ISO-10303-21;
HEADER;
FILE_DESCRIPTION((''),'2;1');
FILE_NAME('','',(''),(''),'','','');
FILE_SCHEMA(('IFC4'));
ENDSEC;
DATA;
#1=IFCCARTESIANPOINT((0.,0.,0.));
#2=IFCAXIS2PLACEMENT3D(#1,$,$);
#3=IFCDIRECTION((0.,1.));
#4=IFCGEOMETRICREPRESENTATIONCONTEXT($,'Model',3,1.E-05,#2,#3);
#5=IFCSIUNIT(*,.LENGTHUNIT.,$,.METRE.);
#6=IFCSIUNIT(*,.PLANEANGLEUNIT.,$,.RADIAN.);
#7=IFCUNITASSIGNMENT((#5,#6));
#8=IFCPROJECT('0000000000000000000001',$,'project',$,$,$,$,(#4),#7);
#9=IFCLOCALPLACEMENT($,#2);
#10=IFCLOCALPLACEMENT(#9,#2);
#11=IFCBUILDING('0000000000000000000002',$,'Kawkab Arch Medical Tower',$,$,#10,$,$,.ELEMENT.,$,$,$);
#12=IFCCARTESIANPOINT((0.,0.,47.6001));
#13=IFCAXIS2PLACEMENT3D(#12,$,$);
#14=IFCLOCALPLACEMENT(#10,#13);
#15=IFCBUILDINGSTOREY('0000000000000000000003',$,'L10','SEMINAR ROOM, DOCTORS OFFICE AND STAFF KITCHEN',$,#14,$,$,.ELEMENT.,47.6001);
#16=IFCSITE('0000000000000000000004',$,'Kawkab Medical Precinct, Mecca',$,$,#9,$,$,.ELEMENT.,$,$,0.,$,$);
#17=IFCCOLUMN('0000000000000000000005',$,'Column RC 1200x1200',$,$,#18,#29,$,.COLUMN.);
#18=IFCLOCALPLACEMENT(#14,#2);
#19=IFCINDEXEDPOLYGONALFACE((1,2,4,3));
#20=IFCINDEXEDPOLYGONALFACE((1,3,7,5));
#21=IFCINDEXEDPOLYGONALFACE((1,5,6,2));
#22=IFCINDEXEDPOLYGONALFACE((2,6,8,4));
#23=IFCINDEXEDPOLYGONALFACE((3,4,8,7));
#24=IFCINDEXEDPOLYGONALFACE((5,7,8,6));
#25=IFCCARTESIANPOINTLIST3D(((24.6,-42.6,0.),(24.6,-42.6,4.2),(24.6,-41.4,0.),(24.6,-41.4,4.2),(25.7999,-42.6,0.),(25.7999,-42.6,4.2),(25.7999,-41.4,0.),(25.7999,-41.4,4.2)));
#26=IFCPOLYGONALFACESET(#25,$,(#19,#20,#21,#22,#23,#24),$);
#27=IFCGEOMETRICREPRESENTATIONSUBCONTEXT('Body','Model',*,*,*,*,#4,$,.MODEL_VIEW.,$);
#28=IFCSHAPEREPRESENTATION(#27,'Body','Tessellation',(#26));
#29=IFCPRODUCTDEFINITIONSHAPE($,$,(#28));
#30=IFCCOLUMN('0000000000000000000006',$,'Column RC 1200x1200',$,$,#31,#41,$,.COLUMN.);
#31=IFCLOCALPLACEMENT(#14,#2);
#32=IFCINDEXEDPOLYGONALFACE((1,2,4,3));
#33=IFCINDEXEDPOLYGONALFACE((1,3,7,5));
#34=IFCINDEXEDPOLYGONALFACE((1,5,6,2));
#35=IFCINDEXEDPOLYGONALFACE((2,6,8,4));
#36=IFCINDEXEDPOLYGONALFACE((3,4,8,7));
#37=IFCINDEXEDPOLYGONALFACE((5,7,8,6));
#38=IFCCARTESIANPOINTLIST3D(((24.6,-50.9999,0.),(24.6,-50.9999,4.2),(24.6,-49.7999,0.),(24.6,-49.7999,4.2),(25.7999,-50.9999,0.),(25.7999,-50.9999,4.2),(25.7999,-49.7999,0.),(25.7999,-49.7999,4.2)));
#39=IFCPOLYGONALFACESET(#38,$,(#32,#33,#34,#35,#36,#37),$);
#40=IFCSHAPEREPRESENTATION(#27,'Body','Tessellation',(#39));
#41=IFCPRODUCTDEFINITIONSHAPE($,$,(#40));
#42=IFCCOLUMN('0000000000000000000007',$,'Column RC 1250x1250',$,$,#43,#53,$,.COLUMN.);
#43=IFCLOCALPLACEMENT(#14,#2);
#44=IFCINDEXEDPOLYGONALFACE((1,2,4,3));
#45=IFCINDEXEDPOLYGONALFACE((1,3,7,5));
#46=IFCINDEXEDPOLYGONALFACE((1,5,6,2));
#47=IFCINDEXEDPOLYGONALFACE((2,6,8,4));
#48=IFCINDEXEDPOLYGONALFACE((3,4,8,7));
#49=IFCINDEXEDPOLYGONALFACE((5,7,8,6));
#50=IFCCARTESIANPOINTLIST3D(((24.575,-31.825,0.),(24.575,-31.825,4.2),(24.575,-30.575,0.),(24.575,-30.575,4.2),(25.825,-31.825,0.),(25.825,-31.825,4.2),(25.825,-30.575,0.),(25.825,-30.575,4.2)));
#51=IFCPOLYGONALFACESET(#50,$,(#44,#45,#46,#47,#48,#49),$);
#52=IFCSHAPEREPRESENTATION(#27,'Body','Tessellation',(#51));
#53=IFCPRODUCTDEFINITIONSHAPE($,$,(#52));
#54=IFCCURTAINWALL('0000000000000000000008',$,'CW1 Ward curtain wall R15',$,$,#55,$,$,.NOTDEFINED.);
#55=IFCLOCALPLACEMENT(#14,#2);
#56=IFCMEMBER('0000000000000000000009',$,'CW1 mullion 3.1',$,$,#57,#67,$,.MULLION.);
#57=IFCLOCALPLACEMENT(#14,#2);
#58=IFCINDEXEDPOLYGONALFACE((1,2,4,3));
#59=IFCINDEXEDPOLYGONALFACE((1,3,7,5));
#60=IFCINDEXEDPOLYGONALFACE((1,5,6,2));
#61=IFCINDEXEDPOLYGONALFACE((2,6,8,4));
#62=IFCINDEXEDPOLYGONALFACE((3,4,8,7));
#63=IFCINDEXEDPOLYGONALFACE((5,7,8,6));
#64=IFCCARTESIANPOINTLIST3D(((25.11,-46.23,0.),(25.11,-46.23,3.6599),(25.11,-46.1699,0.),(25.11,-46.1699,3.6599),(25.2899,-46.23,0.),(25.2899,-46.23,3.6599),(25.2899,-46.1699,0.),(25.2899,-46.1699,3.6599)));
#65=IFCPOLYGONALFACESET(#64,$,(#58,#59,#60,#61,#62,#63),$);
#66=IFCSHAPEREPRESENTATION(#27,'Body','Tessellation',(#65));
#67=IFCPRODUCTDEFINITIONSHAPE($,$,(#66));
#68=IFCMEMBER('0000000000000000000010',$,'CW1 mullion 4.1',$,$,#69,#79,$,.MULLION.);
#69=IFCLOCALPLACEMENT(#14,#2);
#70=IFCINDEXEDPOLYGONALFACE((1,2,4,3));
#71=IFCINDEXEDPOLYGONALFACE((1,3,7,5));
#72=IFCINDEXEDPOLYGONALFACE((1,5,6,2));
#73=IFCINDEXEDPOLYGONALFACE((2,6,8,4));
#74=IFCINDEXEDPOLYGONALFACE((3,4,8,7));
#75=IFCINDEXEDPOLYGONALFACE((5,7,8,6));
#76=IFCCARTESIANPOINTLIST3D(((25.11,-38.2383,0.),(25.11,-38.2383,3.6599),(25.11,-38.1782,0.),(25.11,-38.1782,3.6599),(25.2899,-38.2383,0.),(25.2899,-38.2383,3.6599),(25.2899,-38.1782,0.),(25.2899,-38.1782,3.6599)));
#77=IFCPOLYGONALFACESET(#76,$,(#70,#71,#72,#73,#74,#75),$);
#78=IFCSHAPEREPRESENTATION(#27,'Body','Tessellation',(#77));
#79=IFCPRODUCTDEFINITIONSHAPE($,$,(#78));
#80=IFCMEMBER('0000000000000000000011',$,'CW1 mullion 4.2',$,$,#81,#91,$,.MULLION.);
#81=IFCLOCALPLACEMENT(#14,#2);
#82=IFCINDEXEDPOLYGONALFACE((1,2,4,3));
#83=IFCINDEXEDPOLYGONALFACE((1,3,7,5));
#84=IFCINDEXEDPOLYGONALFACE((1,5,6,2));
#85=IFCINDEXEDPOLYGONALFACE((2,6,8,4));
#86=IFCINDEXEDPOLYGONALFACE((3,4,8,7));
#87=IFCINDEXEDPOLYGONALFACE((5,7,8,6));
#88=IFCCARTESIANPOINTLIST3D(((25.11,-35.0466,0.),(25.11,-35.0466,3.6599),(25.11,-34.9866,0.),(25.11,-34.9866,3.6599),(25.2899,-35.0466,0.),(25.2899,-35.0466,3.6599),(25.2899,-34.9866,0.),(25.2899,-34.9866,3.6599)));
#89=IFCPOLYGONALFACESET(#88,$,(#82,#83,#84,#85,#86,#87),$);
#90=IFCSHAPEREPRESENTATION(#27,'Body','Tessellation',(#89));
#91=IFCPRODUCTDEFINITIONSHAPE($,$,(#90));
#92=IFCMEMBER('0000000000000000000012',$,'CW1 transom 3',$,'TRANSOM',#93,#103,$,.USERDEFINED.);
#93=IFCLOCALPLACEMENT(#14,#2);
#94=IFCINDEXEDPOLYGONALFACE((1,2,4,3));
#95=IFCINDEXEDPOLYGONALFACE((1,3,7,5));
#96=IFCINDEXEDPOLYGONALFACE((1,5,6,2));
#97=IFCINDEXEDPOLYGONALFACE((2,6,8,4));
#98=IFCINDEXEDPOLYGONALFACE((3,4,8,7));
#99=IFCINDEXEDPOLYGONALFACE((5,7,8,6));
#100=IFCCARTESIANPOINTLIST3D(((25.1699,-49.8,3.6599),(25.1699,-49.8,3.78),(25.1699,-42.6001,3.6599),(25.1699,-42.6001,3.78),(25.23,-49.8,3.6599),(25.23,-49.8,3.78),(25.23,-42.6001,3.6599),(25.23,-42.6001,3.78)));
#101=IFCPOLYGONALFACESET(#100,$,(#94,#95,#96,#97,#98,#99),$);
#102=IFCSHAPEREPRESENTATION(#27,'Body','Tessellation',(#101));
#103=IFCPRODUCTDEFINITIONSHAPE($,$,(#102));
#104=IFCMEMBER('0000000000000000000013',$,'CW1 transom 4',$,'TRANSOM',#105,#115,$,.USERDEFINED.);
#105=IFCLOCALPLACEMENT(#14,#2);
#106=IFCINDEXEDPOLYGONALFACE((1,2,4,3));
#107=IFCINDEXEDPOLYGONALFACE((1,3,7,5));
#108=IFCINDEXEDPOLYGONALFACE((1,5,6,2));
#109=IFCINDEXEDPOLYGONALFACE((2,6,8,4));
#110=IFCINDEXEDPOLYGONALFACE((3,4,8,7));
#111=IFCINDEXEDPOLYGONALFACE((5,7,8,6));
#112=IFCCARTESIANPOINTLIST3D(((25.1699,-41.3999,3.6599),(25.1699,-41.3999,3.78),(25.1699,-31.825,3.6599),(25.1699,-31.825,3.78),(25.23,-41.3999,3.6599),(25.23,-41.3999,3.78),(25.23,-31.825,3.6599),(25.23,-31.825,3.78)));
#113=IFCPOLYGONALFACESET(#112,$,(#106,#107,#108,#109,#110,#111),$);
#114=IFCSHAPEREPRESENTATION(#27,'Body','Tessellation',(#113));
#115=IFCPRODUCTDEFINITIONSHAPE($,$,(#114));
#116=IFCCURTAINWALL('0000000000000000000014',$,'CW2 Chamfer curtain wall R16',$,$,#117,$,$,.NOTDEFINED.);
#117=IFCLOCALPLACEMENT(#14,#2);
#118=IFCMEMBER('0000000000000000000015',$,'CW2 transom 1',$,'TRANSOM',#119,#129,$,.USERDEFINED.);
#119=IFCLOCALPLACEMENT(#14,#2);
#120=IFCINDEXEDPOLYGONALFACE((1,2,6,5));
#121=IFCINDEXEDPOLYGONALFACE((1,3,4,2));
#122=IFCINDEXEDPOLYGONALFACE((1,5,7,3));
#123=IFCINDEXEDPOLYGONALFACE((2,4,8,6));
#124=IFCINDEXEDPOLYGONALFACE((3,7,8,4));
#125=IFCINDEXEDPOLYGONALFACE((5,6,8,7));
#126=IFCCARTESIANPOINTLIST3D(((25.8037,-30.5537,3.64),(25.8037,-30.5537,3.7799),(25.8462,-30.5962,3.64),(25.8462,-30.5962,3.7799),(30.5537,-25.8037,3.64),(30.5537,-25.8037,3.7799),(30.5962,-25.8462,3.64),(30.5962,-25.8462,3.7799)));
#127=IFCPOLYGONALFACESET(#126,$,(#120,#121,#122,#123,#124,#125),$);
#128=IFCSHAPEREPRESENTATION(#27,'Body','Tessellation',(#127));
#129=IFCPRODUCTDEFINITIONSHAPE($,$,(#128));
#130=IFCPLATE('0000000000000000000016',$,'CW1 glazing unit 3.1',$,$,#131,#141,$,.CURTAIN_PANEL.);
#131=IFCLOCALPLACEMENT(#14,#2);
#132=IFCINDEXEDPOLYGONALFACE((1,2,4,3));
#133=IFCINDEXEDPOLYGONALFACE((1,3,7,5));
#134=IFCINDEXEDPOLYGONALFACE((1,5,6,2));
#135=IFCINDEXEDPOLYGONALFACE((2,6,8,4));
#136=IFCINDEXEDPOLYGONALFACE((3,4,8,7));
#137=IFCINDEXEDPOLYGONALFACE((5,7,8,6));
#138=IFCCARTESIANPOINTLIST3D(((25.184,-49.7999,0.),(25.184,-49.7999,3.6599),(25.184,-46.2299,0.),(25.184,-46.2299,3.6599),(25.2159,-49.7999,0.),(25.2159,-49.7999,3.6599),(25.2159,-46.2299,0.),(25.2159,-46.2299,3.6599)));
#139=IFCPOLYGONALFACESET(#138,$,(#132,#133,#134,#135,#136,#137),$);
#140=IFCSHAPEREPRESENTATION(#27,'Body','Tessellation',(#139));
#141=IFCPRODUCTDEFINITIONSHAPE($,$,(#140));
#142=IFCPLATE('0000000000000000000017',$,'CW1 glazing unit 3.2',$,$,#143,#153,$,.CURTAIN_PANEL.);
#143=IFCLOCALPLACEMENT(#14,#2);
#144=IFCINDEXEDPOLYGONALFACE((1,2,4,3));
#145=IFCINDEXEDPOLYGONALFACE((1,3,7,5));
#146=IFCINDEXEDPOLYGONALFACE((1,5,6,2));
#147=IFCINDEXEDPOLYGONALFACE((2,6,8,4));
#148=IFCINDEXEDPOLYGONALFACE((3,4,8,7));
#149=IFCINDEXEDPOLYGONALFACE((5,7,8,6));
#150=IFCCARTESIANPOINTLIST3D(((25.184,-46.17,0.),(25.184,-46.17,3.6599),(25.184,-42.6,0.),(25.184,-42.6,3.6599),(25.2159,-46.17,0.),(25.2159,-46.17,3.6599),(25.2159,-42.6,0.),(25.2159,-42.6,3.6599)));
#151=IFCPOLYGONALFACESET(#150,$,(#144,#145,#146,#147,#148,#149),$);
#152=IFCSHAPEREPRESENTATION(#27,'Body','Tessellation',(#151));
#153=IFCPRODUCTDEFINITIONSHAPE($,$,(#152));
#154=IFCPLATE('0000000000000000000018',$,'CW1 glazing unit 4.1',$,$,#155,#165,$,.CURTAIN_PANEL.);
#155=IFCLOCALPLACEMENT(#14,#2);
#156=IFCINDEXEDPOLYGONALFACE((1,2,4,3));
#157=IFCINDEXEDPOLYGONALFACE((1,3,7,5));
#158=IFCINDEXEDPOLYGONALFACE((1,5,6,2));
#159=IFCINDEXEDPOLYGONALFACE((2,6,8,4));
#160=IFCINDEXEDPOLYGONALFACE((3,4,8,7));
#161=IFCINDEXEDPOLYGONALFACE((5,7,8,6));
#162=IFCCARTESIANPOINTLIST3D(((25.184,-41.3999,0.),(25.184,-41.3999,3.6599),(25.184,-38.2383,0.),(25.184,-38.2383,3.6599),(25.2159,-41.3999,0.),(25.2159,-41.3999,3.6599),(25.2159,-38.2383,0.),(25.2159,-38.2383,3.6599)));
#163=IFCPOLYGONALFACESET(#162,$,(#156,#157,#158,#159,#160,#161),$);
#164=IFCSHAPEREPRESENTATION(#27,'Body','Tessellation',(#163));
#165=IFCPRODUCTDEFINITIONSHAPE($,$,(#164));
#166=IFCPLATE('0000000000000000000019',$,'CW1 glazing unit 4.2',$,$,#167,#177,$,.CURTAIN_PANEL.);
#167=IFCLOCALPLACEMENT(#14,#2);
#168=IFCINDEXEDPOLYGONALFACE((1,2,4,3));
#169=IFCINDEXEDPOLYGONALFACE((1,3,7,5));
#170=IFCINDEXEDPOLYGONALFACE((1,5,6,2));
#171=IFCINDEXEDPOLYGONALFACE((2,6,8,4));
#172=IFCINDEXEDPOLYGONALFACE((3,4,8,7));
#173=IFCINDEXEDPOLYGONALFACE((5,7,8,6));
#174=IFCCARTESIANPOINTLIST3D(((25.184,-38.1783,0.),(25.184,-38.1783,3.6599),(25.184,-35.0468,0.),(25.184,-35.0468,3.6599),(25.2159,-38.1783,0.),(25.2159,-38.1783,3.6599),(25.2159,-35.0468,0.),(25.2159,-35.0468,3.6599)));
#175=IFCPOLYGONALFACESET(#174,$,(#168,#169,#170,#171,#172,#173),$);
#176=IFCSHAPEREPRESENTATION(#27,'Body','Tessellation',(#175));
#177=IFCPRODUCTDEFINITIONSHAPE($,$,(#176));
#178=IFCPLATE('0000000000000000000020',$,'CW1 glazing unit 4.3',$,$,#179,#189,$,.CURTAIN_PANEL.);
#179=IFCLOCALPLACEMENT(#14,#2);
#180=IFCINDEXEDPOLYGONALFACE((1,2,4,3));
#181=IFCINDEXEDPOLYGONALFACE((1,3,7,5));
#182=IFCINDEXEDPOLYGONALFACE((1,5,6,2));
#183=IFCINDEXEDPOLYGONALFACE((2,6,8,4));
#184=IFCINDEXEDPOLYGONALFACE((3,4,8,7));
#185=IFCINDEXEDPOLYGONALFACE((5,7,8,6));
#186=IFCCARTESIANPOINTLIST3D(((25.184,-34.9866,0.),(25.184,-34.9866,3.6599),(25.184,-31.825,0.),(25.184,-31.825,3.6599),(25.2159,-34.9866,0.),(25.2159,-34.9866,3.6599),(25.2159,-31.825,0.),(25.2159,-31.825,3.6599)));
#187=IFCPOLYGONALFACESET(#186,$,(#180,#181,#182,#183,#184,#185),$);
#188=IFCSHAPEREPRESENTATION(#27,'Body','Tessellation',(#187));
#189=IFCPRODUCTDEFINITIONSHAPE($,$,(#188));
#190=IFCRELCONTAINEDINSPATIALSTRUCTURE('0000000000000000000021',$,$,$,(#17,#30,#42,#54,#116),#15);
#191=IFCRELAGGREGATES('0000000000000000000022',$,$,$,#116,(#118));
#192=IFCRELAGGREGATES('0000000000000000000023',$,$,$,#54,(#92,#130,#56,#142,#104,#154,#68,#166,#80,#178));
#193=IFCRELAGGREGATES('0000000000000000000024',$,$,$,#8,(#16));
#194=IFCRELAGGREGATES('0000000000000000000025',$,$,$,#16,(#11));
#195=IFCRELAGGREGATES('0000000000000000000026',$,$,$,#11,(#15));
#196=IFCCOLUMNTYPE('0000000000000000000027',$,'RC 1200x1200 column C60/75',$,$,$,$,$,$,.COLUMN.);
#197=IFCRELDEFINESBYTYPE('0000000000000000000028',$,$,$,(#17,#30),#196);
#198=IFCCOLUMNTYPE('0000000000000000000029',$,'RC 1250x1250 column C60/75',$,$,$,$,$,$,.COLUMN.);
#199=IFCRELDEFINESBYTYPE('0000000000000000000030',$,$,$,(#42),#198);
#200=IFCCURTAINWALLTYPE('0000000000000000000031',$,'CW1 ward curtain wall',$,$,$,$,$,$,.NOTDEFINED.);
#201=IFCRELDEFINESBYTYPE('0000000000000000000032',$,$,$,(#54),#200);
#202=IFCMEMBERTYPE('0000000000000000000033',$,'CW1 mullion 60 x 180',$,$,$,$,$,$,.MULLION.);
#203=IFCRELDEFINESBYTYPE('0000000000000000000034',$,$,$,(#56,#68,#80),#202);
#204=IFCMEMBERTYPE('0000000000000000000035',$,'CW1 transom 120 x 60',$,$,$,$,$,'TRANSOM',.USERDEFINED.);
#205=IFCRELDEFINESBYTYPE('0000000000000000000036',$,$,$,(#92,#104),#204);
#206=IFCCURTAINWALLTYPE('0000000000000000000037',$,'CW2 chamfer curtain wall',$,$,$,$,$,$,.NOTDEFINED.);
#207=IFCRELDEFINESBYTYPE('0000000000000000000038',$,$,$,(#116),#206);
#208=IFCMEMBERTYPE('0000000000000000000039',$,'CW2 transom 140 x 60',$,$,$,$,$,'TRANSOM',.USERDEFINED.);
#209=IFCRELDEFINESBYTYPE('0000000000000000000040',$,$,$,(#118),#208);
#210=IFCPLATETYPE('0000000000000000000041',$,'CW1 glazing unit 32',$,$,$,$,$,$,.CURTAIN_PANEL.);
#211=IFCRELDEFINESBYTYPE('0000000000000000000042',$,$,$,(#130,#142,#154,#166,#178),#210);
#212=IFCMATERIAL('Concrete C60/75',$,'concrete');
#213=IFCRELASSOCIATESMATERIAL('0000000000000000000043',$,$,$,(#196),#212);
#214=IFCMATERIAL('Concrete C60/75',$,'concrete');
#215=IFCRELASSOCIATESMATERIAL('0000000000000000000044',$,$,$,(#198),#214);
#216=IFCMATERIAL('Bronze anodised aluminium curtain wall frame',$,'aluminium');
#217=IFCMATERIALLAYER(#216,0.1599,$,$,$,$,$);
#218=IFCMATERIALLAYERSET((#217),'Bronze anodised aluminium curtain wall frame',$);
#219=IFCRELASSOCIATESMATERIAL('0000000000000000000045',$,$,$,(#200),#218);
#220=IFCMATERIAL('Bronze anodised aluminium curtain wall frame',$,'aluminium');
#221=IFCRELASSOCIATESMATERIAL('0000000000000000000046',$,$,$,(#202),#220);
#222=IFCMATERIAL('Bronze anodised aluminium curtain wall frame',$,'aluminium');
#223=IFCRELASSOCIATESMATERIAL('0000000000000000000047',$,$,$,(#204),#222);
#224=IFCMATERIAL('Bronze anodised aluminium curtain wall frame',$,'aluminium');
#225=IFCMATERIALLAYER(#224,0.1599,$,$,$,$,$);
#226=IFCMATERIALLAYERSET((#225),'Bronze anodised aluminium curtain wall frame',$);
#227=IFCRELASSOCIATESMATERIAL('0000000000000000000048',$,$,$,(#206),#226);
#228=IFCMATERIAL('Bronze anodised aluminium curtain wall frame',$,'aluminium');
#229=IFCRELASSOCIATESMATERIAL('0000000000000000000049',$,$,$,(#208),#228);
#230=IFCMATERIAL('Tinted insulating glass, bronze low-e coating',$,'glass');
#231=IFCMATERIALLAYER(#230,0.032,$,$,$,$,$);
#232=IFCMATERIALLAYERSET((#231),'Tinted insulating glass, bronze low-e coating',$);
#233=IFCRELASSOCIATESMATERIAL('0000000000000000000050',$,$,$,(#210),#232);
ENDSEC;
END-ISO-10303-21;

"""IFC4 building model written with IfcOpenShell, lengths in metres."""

from ifc_helpers import new_model, si_unit, direction, frame, origin, origin_2d, place, context, subcontext, project, spatial, rectangle, extrude, material, layer, layer_set, material_profile, profile_set, type_object, element, aggregate, save


model = new_model("IFC4")

# Units and contexts
model_context = context("Model", 3, precision=1e-05, world=origin(), true_north=direction((0.0, 1.0)))
body_context = subcontext(model_context, "Body", "Model", "MODEL_VIEW")
ifc_project = project(units=[si_unit("LENGTHUNIT", "METRE"), si_unit("PLANEANGLEUNIT", "RADIAN")], contexts=[model_context])

# Site, building, storey
site_placement = place(None, origin())
site = spatial("IfcSite", under=ifc_project, at=site_placement, Name="Kawkab Medical Precinct, Mecca", CompositionType="ELEMENT", RefElevation=0.0)
building_placement = place(site_placement, origin())
building = spatial("IfcBuilding", under=site, at=building_placement, Name="Kawkab Arch Medical Tower", CompositionType="ELEMENT")
storey_placement = place(building_placement, frame((0.0, 0.0, 47.6001)))
storey = spatial("IfcBuildingStorey", under=building, at=storey_placement, Name="L10", Description="SEMINAR ROOM, DOCTORS OFFICE AND STAFF KITCHEN", CompositionType="ELEMENT", Elevation=47.6001)

# Columns
ifc_material_1 = material(Name="Concrete C60/75", Category="concrete")
ifc_material_profile_1 = material_profile(ifc_material_1, rectangle(XDim=1.2, YDim=1.2, at=origin_2d()), Name="RC 1200x1200")
ifc_profile_set_1 = profile_set([ifc_material_profile_1], Name="Concrete C60/75")
column_type_1 = type_object("IfcColumnType", Name="RC 1200x1200 column C60/75", PredefinedType="COLUMN", material=ifc_profile_set_1)
for number, where, z_axis, x_axis, name in (
    (1, (25.2, -42.0, 0.0), (0.0, 0.0, 1.0), (1.0, 0.0, 0.0), "Column RC 1200x1200"),
    (2, (25.2, -50.3999, 0.0), (0.0, 0.0, 1.0), (1.0, 0.0, 0.0), "Column RC 1200x1200"),
):
    element("IfcColumn", number, at=place(storey_placement, frame(where, z_axis=z_axis, x_axis=x_axis)), inside=storey, type_object=column_type_1, Name=name, PredefinedType="COLUMN", context=body_context, shape_type="SweptSolid", body=[
        extrude(rectangle(XDim=1.2, YDim=1.2, at=origin_2d()), origin(), (0.0, 0.0, 1.0), 4.2),
    ])
ifc_material_2 = material(Name="Concrete C60/75", Category="concrete")
ifc_material_profile_2 = material_profile(ifc_material_2, rectangle(XDim=1.25, YDim=1.25, at=origin_2d()), Name="RC 1250x1250")
ifc_profile_set_2 = profile_set([ifc_material_profile_2], Name="Concrete C60/75")
column_type_2 = type_object("IfcColumnType", Name="RC 1250x1250 column C60/75", PredefinedType="COLUMN", material=ifc_profile_set_2)
column_placement = place(storey_placement, frame((25.2, -31.2, 0.0), z_axis=(0.0, 0.0, 1.0), x_axis=(1.0, 0.0, 0.0)))
element("IfcColumn", 3, at=column_placement, inside=storey, type_object=column_type_2, Name="Column RC 1250x1250", PredefinedType="COLUMN", context=body_context, shape_type="SweptSolid", body=[
    extrude(rectangle(XDim=1.25, YDim=1.25, at=origin_2d()), origin(), (0.0, 0.0, 1.0), 4.2),
])

# Curtain wall, members
ifc_material_3 = material(Name="Bronze anodised aluminium curtain wall frame", Category="aluminium")
ifc_layer_1 = layer(ifc_material_3, 0.1599)
ifc_layer_set_1 = layer_set([ifc_layer_1], Name="Bronze anodised aluminium curtain wall frame")
curtain_wall_type_1 = type_object("IfcCurtainWallType", Name="CW1 ward curtain wall", PredefinedType="NOTDEFINED", material=ifc_layer_set_1)
placement = place(storey_placement, origin())
curtain_wall_1 = element("IfcCurtainWall", 4, at=placement, inside=storey, type_object=curtain_wall_type_1, Name="CW1 Ward curtain wall R15", PredefinedType="NOTDEFINED")
ifc_material_4 = material(Name="Bronze anodised aluminium curtain wall frame", Category="aluminium")
ifc_material_profile_3 = material_profile(ifc_material_4, rectangle(XDim=0.1799, YDim=0.0601, at=origin_2d()), Name="AL 60x180")
ifc_profile_set_3 = profile_set([ifc_material_profile_3], Name="Bronze anodised aluminium curtain wall frame")
member_type_1 = type_object("IfcMemberType", Name="CW1 mullion 60 x 180", PredefinedType="MULLION", material=ifc_profile_set_3)
member_1_placement = place(storey_placement, frame((25.2, -46.2, 0.0), z_axis=(0.0, 0.0, 1.0), x_axis=(-1.0, 0.0, 0.0)))
member_1 = element("IfcMember", 5, at=member_1_placement, type_object=member_type_1, Name="CW1 mullion 3.1", PredefinedType="MULLION", context=body_context, shape_type="SweptSolid", body=[
    extrude(rectangle(XDim=0.1799, YDim=0.0601, at=origin_2d()), origin(), (0.0, 0.0, 1.0), 3.6599),
])
member_2_placement = place(storey_placement, frame((25.2, -38.2083, 0.0), z_axis=(0.0, 0.0, 1.0), x_axis=(-1.0, 0.0, 0.0)))
member_2 = element("IfcMember", 6, at=member_2_placement, type_object=member_type_1, Name="CW1 mullion 4.1", PredefinedType="MULLION", context=body_context, shape_type="SweptSolid", body=[
    extrude(rectangle(XDim=0.1799, YDim=0.0601, at=origin_2d()), origin(), (0.0, 0.0, 1.0), 3.6599),
])
member_3_placement = place(storey_placement, frame((25.2, -35.0166, 0.0), z_axis=(0.0, 0.0, 1.0), x_axis=(-1.0, 0.0, 0.0)))
member_3 = element("IfcMember", 7, at=member_3_placement, type_object=member_type_1, Name="CW1 mullion 4.2", PredefinedType="MULLION", context=body_context, shape_type="SweptSolid", body=[
    extrude(rectangle(XDim=0.1799, YDim=0.0601, at=origin_2d()), origin(), (0.0, 0.0, 1.0), 3.6599),
])
ifc_material_5 = material(Name="Bronze anodised aluminium curtain wall frame", Category="aluminium")
ifc_material_profile_4 = material_profile(ifc_material_5, rectangle(XDim=0.0601, YDim=0.1201, at=origin_2d()), Name="AL 60x120")
ifc_profile_set_4 = profile_set([ifc_material_profile_4], Name="Bronze anodised aluminium curtain wall frame")
member_type_2 = type_object("IfcMemberType", Name="CW1 transom 120 x 60", ElementType="TRANSOM", PredefinedType="USERDEFINED", material=ifc_profile_set_4)
member_4_placement = place(storey_placement, frame((25.2, -49.8, 3.72), z_axis=(0.0, 1.0, 0.0), x_axis=(-1.0, 0.0, 0.0)))
member_4 = element("IfcMember", 8, at=member_4_placement, type_object=member_type_2, Name="CW1 transom 3", ObjectType="TRANSOM", PredefinedType="USERDEFINED", context=body_context, shape_type="SweptSolid", body=[
    extrude(rectangle(XDim=0.0601, YDim=0.1201, at=origin_2d()), origin(), (0.0, 0.0, 1.0), 7.2),
])
member_5_placement = place(storey_placement, frame((25.2, -41.3999, 3.72), z_axis=(0.0, 1.0, 0.0), x_axis=(-1.0, 0.0, 0.0)))
member_5 = element("IfcMember", 9, at=member_5_placement, type_object=member_type_2, Name="CW1 transom 4", ObjectType="TRANSOM", PredefinedType="USERDEFINED", context=body_context, shape_type="SweptSolid", body=[
    extrude(rectangle(XDim=0.0601, YDim=0.1201, at=origin_2d()), origin(), (0.0, 0.0, 1.0), 9.575),
])

# Curtain wall, member
ifc_material_6 = material(Name="Bronze anodised aluminium curtain wall frame", Category="aluminium")
ifc_layer_2 = layer(ifc_material_6, 0.1599)
ifc_layer_set_2 = layer_set([ifc_layer_2], Name="Bronze anodised aluminium curtain wall frame")
curtain_wall_type_2 = type_object("IfcCurtainWallType", Name="CW2 chamfer curtain wall", PredefinedType="NOTDEFINED", material=ifc_layer_set_2)
curtain_wall_2 = element("IfcCurtainWall", 10, at=placement, inside=storey, type_object=curtain_wall_type_2, Name="CW2 Chamfer curtain wall R16", PredefinedType="NOTDEFINED")
ifc_material_7 = material(Name="Bronze anodised aluminium curtain wall frame", Category="aluminium")
ifc_material_profile_5 = material_profile(ifc_material_7, rectangle(XDim=0.0601, YDim=0.1399, at=origin_2d()), Name="AL 60x140")
ifc_profile_set_5 = profile_set([ifc_material_profile_5], Name="Bronze anodised aluminium curtain wall frame")
member_type_3 = type_object("IfcMemberType", Name="CW2 transom 140 x 60", ElementType="TRANSOM", PredefinedType="USERDEFINED", material=ifc_profile_set_5)
member_6_placement = place(storey_placement, frame((25.825, -30.575, 3.71), z_axis=(0.707107, 0.707107, 0.0), x_axis=(-0.707107, 0.707107, 0.0)))
member_6 = element("IfcMember", 11, at=member_6_placement, type_object=member_type_3, Name="CW2 transom 1", ObjectType="TRANSOM", PredefinedType="USERDEFINED", context=body_context, shape_type="SweptSolid", body=[
    extrude(rectangle(XDim=0.0601, YDim=0.1399, at=origin_2d()), origin(), (0.0, 0.0, 1.0), 6.7175),
])
aggregate(curtain_wall_2, [member_6])

# Plates
ifc_material_8 = material(Name="Tinted insulating glass, bronze low-e coating", Category="glass")
ifc_layer_3 = layer(ifc_material_8, 0.032)
ifc_layer_set_3 = layer_set([ifc_layer_3], Name="Tinted insulating glass, bronze low-e coating")
plate_type = type_object("IfcPlateType", Name="CW1 glazing unit 32", PredefinedType="CURTAIN_PANEL", material=ifc_layer_set_3)
plate_1_placement = place(storey_placement, frame((25.2, -48.0149, 0.0), z_axis=(0.0, 0.0, 1.0), x_axis=(0.0, 1.0, 0.0)))
plate_1 = element("IfcPlate", 12, at=plate_1_placement, type_object=plate_type, Name="CW1 glazing unit 3.1", PredefinedType="CURTAIN_PANEL", context=body_context, shape_type="SweptSolid", body=[
    extrude(rectangle(XDim=3.5701, YDim=0.032, at=origin_2d()), origin(), (0.0, 0.0, 1.0), 3.6599),
])
plate_2_placement = place(storey_placement, frame((25.2, -44.385, 0.0), z_axis=(0.0, 0.0, 1.0), x_axis=(0.0, 1.0, 0.0)))
plate_2 = element("IfcPlate", 13, at=plate_2_placement, type_object=plate_type, Name="CW1 glazing unit 3.2", PredefinedType="CURTAIN_PANEL", context=body_context, shape_type="SweptSolid", body=[
    extrude(rectangle(XDim=3.5701, YDim=0.032, at=origin_2d()), origin(), (0.0, 0.0, 1.0), 3.6599),
])
plate_3_placement = place(storey_placement, frame((25.2, -39.8191, 0.0), z_axis=(0.0, 0.0, 1.0), x_axis=(0.0, 1.0, 0.0)))
plate_3 = element("IfcPlate", 14, at=plate_3_placement, type_object=plate_type, Name="CW1 glazing unit 4.1", PredefinedType="CURTAIN_PANEL", context=body_context, shape_type="SweptSolid", body=[
    extrude(rectangle(XDim=3.1616, YDim=0.032, at=origin_2d()), origin(), (0.0, 0.0, 1.0), 3.6599),
])
plate_4_placement = place(storey_placement, frame((25.2, -36.6125, 0.0), z_axis=(0.0, 0.0, 1.0), x_axis=(0.0, 1.0, 0.0)))
plate_4 = element("IfcPlate", 15, at=plate_4_placement, type_object=plate_type, Name="CW1 glazing unit 4.2", PredefinedType="CURTAIN_PANEL", context=body_context, shape_type="SweptSolid", body=[
    extrude(rectangle(XDim=3.1316, YDim=0.032, at=origin_2d()), origin(), (0.0, 0.0, 1.0), 3.6599),
])
plate_5_placement = place(storey_placement, frame((25.2, -33.4058, 0.0), z_axis=(0.0, 0.0, 1.0), x_axis=(0.0, 1.0, 0.0)))
plate_5 = element("IfcPlate", 16, at=plate_5_placement, type_object=plate_type, Name="CW1 glazing unit 4.3", PredefinedType="CURTAIN_PANEL", context=body_context, shape_type="SweptSolid", body=[
    extrude(rectangle(XDim=3.1616, YDim=0.032, at=origin_2d()), origin(), (0.0, 0.0, 1.0), 3.6599),
])
aggregate(curtain_wall_1, [member_4, plate_1, member_1, plate_2, member_5, plate_3, member_2, plate_4, member_3, plate_5])

save(model, "model.ifc")
